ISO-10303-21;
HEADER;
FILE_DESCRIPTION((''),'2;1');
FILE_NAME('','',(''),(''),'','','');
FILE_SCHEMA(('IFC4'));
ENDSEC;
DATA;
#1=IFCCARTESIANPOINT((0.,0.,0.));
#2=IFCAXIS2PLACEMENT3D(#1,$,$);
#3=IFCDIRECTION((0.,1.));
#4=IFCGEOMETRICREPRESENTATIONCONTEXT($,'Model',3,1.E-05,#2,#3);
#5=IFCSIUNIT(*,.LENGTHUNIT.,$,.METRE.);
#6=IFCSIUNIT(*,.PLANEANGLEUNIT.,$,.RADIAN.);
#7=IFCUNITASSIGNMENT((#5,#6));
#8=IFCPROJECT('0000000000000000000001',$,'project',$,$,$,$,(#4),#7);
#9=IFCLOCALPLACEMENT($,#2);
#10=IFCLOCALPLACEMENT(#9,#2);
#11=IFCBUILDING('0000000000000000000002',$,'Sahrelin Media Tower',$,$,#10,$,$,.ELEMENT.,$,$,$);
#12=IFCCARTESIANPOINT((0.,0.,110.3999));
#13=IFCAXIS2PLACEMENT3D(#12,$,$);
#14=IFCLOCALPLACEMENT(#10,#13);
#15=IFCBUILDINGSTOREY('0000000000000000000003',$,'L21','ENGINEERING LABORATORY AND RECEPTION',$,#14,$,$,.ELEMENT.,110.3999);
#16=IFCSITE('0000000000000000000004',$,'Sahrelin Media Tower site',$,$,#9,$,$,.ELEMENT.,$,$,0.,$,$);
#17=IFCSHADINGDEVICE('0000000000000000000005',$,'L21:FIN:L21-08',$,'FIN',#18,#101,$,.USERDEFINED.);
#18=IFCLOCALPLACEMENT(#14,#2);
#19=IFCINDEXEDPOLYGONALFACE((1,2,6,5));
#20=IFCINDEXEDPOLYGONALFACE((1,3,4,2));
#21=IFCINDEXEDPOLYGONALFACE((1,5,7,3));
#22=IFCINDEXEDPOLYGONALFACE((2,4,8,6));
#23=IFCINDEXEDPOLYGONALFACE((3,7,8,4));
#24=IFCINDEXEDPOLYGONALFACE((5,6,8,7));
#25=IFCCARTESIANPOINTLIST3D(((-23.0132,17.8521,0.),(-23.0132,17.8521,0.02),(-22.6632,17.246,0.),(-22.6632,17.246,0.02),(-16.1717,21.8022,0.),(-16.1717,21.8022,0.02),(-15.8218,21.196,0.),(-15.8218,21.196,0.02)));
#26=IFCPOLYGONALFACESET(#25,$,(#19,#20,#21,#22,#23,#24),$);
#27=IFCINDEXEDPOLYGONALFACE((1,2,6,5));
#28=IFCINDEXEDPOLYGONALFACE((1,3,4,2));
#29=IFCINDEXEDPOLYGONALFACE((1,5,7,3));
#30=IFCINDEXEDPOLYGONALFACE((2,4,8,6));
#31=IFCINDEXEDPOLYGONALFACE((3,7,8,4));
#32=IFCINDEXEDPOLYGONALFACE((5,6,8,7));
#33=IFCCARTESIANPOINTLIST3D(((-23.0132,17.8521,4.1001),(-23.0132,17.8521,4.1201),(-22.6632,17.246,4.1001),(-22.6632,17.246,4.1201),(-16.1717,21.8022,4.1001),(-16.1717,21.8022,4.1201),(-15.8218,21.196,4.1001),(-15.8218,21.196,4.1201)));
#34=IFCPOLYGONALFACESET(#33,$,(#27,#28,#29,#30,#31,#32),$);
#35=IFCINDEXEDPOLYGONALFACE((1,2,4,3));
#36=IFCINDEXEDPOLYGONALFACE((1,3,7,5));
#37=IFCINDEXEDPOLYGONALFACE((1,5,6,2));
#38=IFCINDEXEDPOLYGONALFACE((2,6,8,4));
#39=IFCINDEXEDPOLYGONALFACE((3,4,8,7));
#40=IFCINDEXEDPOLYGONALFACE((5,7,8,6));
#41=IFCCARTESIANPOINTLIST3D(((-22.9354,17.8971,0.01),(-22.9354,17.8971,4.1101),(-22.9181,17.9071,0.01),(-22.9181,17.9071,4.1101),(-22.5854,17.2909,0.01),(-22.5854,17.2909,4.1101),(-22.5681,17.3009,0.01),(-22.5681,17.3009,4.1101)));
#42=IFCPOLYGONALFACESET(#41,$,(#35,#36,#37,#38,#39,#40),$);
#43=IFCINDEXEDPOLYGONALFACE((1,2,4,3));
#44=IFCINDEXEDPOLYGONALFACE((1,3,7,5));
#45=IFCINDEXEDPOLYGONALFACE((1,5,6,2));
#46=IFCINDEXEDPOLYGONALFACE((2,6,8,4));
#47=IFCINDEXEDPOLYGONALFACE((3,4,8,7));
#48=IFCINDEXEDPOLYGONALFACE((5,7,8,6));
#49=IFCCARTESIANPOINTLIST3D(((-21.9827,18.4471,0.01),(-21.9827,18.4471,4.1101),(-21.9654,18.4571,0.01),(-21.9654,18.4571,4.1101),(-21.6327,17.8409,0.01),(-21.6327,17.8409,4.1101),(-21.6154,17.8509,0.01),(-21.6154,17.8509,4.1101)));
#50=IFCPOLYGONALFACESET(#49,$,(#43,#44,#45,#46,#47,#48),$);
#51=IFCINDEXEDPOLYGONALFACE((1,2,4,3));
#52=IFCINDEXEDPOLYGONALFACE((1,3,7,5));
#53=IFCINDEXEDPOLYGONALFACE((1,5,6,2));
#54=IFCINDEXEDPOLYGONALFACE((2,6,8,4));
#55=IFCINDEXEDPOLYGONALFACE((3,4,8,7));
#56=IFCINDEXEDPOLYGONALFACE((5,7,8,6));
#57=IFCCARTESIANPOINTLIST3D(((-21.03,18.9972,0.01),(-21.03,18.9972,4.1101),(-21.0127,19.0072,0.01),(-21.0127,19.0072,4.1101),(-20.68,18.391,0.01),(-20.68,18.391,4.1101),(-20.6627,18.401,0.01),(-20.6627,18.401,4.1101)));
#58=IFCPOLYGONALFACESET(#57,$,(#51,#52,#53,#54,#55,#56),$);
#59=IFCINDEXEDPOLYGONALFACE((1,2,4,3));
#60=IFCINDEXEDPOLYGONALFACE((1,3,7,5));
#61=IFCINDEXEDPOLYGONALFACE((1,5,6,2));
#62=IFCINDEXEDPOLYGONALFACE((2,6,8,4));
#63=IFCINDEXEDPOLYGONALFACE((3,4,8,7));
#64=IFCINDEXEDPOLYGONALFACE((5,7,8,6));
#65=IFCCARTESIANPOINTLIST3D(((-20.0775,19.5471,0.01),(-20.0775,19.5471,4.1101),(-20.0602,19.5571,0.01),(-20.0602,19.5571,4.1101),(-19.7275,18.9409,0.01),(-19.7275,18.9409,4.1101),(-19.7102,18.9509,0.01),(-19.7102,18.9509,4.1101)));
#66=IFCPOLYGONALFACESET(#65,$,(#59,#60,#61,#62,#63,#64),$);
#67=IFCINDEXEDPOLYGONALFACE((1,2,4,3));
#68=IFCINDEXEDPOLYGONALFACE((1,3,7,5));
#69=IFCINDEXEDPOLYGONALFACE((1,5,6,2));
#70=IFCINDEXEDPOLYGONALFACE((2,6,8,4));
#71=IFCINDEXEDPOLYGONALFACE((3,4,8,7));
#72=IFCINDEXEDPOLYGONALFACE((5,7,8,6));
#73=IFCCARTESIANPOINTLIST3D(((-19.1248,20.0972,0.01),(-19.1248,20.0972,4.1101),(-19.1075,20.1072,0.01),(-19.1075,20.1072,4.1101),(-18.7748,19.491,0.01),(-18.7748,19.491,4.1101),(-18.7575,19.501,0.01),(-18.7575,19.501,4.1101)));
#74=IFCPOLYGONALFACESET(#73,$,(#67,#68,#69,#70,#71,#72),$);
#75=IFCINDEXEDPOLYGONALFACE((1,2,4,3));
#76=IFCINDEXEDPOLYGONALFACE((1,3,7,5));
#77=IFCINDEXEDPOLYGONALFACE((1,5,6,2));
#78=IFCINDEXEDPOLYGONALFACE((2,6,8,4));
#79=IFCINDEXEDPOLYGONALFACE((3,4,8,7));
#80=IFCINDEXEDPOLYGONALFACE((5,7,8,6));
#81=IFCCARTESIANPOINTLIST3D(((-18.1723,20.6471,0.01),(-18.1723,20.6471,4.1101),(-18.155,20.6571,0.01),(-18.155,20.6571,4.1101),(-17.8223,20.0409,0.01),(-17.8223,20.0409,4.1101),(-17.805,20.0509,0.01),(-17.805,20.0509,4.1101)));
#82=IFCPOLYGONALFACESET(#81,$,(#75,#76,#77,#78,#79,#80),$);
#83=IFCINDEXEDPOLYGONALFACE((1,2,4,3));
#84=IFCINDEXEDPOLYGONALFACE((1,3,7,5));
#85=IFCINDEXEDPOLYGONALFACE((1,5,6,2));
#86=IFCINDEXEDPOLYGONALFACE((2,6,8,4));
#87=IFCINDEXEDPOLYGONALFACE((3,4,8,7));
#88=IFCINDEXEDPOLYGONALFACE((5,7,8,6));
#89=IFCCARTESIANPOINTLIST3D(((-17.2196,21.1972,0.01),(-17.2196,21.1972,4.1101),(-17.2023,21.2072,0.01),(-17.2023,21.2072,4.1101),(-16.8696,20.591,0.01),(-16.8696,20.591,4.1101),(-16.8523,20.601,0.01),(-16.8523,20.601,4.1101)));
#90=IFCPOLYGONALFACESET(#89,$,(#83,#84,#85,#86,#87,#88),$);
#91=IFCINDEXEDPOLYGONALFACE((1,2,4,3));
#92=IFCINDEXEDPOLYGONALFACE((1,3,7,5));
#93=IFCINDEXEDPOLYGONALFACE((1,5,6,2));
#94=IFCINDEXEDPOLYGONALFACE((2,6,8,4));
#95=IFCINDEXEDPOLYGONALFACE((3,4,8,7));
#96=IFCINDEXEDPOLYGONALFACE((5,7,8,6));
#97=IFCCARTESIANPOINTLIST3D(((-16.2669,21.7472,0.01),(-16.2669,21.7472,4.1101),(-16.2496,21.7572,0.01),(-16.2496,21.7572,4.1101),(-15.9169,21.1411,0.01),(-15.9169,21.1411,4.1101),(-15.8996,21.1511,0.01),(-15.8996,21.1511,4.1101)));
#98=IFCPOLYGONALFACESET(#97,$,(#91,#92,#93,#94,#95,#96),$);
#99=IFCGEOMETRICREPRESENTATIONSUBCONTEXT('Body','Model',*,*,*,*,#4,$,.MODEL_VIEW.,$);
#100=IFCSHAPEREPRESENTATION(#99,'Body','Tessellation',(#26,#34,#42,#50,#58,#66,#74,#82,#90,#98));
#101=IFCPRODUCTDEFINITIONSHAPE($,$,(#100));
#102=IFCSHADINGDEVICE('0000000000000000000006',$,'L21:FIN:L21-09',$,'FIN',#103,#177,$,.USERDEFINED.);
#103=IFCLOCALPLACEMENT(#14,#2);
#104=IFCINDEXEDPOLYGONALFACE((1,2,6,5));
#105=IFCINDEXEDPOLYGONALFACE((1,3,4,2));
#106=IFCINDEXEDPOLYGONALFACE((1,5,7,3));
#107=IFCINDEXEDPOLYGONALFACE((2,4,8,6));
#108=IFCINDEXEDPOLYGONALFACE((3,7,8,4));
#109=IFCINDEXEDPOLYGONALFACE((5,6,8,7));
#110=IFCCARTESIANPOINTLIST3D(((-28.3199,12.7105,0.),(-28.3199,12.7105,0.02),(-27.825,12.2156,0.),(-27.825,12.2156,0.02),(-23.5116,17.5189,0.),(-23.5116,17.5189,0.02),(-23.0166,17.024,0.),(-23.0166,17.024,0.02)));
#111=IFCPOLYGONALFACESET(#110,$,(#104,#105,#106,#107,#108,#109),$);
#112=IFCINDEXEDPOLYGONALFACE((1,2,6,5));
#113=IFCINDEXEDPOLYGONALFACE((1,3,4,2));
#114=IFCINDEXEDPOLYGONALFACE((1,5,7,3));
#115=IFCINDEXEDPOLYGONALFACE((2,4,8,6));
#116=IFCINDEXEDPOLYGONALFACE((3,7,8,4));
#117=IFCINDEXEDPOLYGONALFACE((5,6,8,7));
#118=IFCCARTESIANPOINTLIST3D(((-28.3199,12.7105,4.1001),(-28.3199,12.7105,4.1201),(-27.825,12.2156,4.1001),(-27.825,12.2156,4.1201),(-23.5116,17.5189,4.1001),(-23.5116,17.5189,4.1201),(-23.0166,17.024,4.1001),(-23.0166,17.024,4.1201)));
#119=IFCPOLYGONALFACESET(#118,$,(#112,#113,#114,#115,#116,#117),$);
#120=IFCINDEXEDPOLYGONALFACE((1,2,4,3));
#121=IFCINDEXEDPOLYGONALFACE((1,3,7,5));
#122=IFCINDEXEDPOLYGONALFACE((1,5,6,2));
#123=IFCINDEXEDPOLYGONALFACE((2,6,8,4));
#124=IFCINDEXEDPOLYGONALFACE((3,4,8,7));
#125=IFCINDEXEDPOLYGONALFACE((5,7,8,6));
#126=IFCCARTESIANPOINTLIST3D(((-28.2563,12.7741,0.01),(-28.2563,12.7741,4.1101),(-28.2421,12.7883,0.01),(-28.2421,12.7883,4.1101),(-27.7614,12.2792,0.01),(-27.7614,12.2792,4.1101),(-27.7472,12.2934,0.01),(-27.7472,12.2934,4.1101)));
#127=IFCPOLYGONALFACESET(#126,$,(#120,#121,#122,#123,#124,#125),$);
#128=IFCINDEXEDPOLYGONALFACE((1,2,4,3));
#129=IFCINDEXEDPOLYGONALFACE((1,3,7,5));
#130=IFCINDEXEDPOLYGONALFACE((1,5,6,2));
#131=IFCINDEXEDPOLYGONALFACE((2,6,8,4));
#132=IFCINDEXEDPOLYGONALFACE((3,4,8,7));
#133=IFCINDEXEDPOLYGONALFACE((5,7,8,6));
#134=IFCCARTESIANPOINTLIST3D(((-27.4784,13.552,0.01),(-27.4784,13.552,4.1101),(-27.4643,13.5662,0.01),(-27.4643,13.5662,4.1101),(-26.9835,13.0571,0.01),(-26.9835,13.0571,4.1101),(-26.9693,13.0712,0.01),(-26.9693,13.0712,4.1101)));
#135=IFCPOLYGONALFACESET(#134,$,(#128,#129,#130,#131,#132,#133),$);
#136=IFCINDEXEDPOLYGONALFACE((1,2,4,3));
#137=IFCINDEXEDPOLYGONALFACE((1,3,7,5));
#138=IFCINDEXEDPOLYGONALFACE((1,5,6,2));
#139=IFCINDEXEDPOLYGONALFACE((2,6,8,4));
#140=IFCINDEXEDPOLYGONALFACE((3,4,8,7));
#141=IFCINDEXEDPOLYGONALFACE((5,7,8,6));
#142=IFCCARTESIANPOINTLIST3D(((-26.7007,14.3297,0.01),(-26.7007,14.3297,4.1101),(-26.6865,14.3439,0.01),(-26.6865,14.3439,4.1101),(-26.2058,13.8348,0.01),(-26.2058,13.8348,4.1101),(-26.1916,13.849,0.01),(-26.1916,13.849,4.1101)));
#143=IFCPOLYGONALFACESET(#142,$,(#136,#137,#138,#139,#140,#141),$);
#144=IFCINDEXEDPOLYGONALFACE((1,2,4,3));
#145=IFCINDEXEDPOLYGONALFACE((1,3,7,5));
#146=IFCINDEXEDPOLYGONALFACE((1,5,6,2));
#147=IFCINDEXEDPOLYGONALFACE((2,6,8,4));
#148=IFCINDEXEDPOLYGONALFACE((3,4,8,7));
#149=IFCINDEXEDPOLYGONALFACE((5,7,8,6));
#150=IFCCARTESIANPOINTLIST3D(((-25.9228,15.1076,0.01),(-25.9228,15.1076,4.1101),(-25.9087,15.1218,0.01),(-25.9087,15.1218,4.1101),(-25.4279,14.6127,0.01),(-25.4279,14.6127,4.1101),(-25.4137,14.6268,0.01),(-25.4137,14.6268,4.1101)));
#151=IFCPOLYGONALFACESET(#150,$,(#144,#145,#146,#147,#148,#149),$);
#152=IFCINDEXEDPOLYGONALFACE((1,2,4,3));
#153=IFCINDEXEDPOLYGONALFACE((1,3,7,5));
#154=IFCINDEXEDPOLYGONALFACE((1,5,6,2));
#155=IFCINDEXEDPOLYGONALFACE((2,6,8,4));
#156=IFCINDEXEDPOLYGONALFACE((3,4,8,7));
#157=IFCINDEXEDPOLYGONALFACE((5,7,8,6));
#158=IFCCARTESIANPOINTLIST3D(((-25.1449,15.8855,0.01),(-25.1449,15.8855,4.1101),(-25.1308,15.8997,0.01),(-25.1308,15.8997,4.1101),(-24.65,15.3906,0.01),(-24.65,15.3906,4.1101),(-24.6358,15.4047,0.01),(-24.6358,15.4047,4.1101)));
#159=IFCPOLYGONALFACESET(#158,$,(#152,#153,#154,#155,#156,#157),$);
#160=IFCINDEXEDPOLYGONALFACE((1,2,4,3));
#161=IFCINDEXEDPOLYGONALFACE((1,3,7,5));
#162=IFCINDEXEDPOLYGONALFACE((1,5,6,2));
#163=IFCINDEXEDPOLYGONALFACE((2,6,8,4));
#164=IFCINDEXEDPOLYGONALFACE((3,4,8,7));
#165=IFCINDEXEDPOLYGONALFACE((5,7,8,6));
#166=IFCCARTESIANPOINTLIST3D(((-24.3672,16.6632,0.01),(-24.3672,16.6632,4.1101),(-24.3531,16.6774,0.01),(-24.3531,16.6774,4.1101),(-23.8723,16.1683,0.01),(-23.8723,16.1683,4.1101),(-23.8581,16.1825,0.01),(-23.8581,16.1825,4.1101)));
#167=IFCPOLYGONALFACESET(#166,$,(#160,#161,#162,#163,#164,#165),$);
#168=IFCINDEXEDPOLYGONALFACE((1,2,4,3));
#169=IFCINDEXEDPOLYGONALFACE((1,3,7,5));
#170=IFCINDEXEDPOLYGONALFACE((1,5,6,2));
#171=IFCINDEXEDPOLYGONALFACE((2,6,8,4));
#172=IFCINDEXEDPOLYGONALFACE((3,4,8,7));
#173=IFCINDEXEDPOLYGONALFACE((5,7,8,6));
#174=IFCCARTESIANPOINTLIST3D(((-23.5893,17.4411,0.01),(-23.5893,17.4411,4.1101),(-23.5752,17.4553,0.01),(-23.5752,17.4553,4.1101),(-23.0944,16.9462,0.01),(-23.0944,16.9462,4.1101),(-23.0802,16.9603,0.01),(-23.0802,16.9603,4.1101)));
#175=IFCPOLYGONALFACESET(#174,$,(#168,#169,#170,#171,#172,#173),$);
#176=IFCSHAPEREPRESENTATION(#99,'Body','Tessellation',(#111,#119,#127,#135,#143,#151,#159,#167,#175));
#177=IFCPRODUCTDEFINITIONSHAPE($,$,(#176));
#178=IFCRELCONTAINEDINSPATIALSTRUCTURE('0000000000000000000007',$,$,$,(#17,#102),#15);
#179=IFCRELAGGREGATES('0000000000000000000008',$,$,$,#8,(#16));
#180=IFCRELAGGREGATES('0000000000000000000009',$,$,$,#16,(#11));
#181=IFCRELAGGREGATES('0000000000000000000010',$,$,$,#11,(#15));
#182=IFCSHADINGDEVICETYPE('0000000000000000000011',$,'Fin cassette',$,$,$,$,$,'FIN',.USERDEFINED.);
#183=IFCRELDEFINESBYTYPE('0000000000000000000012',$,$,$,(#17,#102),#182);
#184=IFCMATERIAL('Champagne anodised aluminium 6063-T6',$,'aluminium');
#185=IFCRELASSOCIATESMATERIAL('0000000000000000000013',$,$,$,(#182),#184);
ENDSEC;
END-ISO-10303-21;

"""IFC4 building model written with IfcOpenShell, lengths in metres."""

from ifc_helpers import new_model, si_unit, direction, frame, origin, origin_2d, place, context, subcontext, project, spatial, rectangle, extrude, material, type_object, element, save


model = new_model("IFC4")

# Units and contexts
model_context = context("Model", 3, precision=1e-05, world=origin(), true_north=direction((0.0, 1.0)))
body_context = subcontext(model_context, "Body", "Model", "MODEL_VIEW")
ifc_project = project(units=[si_unit("LENGTHUNIT", "METRE"), si_unit("PLANEANGLEUNIT", "RADIAN")], contexts=[model_context])

# Site, building, storey
site_placement = place(None, origin())
site = spatial("IfcSite", under=ifc_project, at=site_placement, Name="Sahrelin Media Tower site", CompositionType="ELEMENT", RefElevation=0.0)
building_placement = place(site_placement, origin())
building = spatial("IfcBuilding", under=site, at=building_placement, Name="Sahrelin Media Tower", CompositionType="ELEMENT")
storey_placement = place(building_placement, frame((0.0, 0.0, 110.3999)))
storey = spatial("IfcBuildingStorey", under=building, at=storey_placement, Name="L21", Description="ENGINEERING LABORATORY AND RECEPTION", CompositionType="ELEMENT", Elevation=110.3999)

# Shared definitions
ifc_material_1 = material(Name="Champagne anodised aluminium 6063-T6", Category="aluminium")

# Shading devices
shading_device_type_1 = type_object("IfcShadingDeviceType", Name="Fin cassette", ElementType="FIN", PredefinedType="USERDEFINED", material=ifc_material_1)
placement_1 = place(storey_placement, frame((-19.2075, 19.1604, 0.0), z_axis=(0.0, 0.0, 1.0), x_axis=(0.866019, 0.500011, 0.0)))
element("IfcShadingDevice", 1, at=placement_1, inside=storey, type_object=shading_device_type_1, Name="L21:FIN:L21-08", ObjectType="FIN", PredefinedType="USERDEFINED", context=body_context, shape_type="SweptSolid", body=[
    extrude(rectangle(XDim=7.8999, YDim=0.7, at=origin_2d()), frame((0.0, 0.4199, 0.0)), (0.0, 0.0, 1.0), 0.02),
    extrude(rectangle(XDim=7.8999, YDim=0.7, at=origin_2d()), frame((0.0, 0.4199, 4.1001)), (0.0, 0.0, 1.0), 0.02),
    extrude(rectangle(XDim=0.02, YDim=0.7, at=origin_2d()), frame((-3.8501, 0.4199, 0.01), z_axis=(0.0, 0.0, 1.0), x_axis=(1.0, 0.0, 0.0)), (0.0, 0.0, 1.0), 4.1001),
    extrude(rectangle(XDim=0.02, YDim=0.7, at=origin_2d()), frame((-2.75, 0.4199, 0.01), z_axis=(0.0, 0.0, 1.0), x_axis=(1.0, 0.0, 0.0)), (0.0, 0.0, 1.0), 4.1001),
    extrude(rectangle(XDim=0.02, YDim=0.7, at=origin_2d()), frame((-1.6499, 0.4199, 0.01), z_axis=(0.0, 0.0, 1.0), x_axis=(1.0, 0.0, 0.0)), (0.0, 0.0, 1.0), 4.1001),
    extrude(rectangle(XDim=0.02, YDim=0.7, at=origin_2d()), frame((-0.55, 0.4199, 0.01), z_axis=(0.0, 0.0, 1.0), x_axis=(1.0, 0.0, 0.0)), (0.0, 0.0, 1.0), 4.1001),
    extrude(rectangle(XDim=0.02, YDim=0.7, at=origin_2d()), frame((0.55, 0.4199, 0.01), z_axis=(0.0, 0.0, 1.0), x_axis=(1.0, 0.0, 0.0)), (0.0, 0.0, 1.0), 4.1001),
    extrude(rectangle(XDim=0.02, YDim=0.7, at=origin_2d()), frame((1.6499, 0.4199, 0.01), z_axis=(0.0, 0.0, 1.0), x_axis=(1.0, 0.0, 0.0)), (0.0, 0.0, 1.0), 4.1001),
    extrude(rectangle(XDim=0.02, YDim=0.7, at=origin_2d()), frame((2.75, 0.4199, 0.01), z_axis=(0.0, 0.0, 1.0), x_axis=(1.0, 0.0, 0.0)), (0.0, 0.0, 1.0), 4.1001),
    extrude(rectangle(XDim=0.02, YDim=0.7, at=origin_2d()), frame((3.8501, 0.4199, 0.01), z_axis=(0.0, 0.0, 1.0), x_axis=(1.0, 0.0, 0.0)), (0.0, 0.0, 1.0), 4.1001),
])
placement_2 = place(storey_placement, frame((-25.3713, 14.5703, 0.0), z_axis=(0.0, 0.0, 1.0), x_axis=(0.707107, 0.707107, 0.0)))
element("IfcShadingDevice", 2, at=placement_2, inside=storey, type_object=shading_device_type_1, Name="L21:FIN:L21-09", ObjectType="FIN", PredefinedType="USERDEFINED", context=body_context, shape_type="SweptSolid", body=[
    extrude(rectangle(XDim=6.8, YDim=0.7, at=origin_2d()), frame((0.0, 0.4199, 0.0)), (0.0, 0.0, 1.0), 0.02),
    extrude(rectangle(XDim=6.8, YDim=0.7, at=origin_2d()), frame((0.0, 0.4199, 4.1001)), (0.0, 0.0, 1.0), 0.02),
    extrude(rectangle(XDim=0.02, YDim=0.7, at=origin_2d()), frame((-3.3, 0.4199, 0.01), z_axis=(0.0, 0.0, 1.0), x_axis=(1.0, 0.0, 0.0)), (0.0, 0.0, 1.0), 4.1001),
    extrude(rectangle(XDim=0.02, YDim=0.7, at=origin_2d()), frame((-2.2, 0.4199, 0.01), z_axis=(0.0, 0.0, 1.0), x_axis=(1.0, 0.0, 0.0)), (0.0, 0.0, 1.0), 4.1001),
    extrude(rectangle(XDim=0.02, YDim=0.7, at=origin_2d()), frame((-1.1001, 0.4199, 0.01), z_axis=(0.0, 0.0, 1.0), x_axis=(1.0, 0.0, 0.0)), (0.0, 0.0, 1.0), 4.1001),
    extrude(rectangle(XDim=0.02, YDim=0.7, at=origin_2d()), frame((0.0, 0.4199, 0.01), z_axis=(0.0, 0.0, 1.0), x_axis=(1.0, 0.0, 0.0)), (0.0, 0.0, 1.0), 4.1001),
    extrude(rectangle(XDim=0.02, YDim=0.7, at=origin_2d()), frame((1.1001, 0.4199, 0.01), z_axis=(0.0, 0.0, 1.0), x_axis=(1.0, 0.0, 0.0)), (0.0, 0.0, 1.0), 4.1001),
    extrude(rectangle(XDim=0.02, YDim=0.7, at=origin_2d()), frame((2.2, 0.4199, 0.01), z_axis=(0.0, 0.0, 1.0), x_axis=(1.0, 0.0, 0.0)), (0.0, 0.0, 1.0), 4.1001),
    extrude(rectangle(XDim=0.02, YDim=0.7, at=origin_2d()), frame((3.3, 0.4199, 0.01), z_axis=(0.0, 0.0, 1.0), x_axis=(1.0, 0.0, 0.0)), (0.0, 0.0, 1.0), 4.1001),
])

save(model, "model.ifc")
